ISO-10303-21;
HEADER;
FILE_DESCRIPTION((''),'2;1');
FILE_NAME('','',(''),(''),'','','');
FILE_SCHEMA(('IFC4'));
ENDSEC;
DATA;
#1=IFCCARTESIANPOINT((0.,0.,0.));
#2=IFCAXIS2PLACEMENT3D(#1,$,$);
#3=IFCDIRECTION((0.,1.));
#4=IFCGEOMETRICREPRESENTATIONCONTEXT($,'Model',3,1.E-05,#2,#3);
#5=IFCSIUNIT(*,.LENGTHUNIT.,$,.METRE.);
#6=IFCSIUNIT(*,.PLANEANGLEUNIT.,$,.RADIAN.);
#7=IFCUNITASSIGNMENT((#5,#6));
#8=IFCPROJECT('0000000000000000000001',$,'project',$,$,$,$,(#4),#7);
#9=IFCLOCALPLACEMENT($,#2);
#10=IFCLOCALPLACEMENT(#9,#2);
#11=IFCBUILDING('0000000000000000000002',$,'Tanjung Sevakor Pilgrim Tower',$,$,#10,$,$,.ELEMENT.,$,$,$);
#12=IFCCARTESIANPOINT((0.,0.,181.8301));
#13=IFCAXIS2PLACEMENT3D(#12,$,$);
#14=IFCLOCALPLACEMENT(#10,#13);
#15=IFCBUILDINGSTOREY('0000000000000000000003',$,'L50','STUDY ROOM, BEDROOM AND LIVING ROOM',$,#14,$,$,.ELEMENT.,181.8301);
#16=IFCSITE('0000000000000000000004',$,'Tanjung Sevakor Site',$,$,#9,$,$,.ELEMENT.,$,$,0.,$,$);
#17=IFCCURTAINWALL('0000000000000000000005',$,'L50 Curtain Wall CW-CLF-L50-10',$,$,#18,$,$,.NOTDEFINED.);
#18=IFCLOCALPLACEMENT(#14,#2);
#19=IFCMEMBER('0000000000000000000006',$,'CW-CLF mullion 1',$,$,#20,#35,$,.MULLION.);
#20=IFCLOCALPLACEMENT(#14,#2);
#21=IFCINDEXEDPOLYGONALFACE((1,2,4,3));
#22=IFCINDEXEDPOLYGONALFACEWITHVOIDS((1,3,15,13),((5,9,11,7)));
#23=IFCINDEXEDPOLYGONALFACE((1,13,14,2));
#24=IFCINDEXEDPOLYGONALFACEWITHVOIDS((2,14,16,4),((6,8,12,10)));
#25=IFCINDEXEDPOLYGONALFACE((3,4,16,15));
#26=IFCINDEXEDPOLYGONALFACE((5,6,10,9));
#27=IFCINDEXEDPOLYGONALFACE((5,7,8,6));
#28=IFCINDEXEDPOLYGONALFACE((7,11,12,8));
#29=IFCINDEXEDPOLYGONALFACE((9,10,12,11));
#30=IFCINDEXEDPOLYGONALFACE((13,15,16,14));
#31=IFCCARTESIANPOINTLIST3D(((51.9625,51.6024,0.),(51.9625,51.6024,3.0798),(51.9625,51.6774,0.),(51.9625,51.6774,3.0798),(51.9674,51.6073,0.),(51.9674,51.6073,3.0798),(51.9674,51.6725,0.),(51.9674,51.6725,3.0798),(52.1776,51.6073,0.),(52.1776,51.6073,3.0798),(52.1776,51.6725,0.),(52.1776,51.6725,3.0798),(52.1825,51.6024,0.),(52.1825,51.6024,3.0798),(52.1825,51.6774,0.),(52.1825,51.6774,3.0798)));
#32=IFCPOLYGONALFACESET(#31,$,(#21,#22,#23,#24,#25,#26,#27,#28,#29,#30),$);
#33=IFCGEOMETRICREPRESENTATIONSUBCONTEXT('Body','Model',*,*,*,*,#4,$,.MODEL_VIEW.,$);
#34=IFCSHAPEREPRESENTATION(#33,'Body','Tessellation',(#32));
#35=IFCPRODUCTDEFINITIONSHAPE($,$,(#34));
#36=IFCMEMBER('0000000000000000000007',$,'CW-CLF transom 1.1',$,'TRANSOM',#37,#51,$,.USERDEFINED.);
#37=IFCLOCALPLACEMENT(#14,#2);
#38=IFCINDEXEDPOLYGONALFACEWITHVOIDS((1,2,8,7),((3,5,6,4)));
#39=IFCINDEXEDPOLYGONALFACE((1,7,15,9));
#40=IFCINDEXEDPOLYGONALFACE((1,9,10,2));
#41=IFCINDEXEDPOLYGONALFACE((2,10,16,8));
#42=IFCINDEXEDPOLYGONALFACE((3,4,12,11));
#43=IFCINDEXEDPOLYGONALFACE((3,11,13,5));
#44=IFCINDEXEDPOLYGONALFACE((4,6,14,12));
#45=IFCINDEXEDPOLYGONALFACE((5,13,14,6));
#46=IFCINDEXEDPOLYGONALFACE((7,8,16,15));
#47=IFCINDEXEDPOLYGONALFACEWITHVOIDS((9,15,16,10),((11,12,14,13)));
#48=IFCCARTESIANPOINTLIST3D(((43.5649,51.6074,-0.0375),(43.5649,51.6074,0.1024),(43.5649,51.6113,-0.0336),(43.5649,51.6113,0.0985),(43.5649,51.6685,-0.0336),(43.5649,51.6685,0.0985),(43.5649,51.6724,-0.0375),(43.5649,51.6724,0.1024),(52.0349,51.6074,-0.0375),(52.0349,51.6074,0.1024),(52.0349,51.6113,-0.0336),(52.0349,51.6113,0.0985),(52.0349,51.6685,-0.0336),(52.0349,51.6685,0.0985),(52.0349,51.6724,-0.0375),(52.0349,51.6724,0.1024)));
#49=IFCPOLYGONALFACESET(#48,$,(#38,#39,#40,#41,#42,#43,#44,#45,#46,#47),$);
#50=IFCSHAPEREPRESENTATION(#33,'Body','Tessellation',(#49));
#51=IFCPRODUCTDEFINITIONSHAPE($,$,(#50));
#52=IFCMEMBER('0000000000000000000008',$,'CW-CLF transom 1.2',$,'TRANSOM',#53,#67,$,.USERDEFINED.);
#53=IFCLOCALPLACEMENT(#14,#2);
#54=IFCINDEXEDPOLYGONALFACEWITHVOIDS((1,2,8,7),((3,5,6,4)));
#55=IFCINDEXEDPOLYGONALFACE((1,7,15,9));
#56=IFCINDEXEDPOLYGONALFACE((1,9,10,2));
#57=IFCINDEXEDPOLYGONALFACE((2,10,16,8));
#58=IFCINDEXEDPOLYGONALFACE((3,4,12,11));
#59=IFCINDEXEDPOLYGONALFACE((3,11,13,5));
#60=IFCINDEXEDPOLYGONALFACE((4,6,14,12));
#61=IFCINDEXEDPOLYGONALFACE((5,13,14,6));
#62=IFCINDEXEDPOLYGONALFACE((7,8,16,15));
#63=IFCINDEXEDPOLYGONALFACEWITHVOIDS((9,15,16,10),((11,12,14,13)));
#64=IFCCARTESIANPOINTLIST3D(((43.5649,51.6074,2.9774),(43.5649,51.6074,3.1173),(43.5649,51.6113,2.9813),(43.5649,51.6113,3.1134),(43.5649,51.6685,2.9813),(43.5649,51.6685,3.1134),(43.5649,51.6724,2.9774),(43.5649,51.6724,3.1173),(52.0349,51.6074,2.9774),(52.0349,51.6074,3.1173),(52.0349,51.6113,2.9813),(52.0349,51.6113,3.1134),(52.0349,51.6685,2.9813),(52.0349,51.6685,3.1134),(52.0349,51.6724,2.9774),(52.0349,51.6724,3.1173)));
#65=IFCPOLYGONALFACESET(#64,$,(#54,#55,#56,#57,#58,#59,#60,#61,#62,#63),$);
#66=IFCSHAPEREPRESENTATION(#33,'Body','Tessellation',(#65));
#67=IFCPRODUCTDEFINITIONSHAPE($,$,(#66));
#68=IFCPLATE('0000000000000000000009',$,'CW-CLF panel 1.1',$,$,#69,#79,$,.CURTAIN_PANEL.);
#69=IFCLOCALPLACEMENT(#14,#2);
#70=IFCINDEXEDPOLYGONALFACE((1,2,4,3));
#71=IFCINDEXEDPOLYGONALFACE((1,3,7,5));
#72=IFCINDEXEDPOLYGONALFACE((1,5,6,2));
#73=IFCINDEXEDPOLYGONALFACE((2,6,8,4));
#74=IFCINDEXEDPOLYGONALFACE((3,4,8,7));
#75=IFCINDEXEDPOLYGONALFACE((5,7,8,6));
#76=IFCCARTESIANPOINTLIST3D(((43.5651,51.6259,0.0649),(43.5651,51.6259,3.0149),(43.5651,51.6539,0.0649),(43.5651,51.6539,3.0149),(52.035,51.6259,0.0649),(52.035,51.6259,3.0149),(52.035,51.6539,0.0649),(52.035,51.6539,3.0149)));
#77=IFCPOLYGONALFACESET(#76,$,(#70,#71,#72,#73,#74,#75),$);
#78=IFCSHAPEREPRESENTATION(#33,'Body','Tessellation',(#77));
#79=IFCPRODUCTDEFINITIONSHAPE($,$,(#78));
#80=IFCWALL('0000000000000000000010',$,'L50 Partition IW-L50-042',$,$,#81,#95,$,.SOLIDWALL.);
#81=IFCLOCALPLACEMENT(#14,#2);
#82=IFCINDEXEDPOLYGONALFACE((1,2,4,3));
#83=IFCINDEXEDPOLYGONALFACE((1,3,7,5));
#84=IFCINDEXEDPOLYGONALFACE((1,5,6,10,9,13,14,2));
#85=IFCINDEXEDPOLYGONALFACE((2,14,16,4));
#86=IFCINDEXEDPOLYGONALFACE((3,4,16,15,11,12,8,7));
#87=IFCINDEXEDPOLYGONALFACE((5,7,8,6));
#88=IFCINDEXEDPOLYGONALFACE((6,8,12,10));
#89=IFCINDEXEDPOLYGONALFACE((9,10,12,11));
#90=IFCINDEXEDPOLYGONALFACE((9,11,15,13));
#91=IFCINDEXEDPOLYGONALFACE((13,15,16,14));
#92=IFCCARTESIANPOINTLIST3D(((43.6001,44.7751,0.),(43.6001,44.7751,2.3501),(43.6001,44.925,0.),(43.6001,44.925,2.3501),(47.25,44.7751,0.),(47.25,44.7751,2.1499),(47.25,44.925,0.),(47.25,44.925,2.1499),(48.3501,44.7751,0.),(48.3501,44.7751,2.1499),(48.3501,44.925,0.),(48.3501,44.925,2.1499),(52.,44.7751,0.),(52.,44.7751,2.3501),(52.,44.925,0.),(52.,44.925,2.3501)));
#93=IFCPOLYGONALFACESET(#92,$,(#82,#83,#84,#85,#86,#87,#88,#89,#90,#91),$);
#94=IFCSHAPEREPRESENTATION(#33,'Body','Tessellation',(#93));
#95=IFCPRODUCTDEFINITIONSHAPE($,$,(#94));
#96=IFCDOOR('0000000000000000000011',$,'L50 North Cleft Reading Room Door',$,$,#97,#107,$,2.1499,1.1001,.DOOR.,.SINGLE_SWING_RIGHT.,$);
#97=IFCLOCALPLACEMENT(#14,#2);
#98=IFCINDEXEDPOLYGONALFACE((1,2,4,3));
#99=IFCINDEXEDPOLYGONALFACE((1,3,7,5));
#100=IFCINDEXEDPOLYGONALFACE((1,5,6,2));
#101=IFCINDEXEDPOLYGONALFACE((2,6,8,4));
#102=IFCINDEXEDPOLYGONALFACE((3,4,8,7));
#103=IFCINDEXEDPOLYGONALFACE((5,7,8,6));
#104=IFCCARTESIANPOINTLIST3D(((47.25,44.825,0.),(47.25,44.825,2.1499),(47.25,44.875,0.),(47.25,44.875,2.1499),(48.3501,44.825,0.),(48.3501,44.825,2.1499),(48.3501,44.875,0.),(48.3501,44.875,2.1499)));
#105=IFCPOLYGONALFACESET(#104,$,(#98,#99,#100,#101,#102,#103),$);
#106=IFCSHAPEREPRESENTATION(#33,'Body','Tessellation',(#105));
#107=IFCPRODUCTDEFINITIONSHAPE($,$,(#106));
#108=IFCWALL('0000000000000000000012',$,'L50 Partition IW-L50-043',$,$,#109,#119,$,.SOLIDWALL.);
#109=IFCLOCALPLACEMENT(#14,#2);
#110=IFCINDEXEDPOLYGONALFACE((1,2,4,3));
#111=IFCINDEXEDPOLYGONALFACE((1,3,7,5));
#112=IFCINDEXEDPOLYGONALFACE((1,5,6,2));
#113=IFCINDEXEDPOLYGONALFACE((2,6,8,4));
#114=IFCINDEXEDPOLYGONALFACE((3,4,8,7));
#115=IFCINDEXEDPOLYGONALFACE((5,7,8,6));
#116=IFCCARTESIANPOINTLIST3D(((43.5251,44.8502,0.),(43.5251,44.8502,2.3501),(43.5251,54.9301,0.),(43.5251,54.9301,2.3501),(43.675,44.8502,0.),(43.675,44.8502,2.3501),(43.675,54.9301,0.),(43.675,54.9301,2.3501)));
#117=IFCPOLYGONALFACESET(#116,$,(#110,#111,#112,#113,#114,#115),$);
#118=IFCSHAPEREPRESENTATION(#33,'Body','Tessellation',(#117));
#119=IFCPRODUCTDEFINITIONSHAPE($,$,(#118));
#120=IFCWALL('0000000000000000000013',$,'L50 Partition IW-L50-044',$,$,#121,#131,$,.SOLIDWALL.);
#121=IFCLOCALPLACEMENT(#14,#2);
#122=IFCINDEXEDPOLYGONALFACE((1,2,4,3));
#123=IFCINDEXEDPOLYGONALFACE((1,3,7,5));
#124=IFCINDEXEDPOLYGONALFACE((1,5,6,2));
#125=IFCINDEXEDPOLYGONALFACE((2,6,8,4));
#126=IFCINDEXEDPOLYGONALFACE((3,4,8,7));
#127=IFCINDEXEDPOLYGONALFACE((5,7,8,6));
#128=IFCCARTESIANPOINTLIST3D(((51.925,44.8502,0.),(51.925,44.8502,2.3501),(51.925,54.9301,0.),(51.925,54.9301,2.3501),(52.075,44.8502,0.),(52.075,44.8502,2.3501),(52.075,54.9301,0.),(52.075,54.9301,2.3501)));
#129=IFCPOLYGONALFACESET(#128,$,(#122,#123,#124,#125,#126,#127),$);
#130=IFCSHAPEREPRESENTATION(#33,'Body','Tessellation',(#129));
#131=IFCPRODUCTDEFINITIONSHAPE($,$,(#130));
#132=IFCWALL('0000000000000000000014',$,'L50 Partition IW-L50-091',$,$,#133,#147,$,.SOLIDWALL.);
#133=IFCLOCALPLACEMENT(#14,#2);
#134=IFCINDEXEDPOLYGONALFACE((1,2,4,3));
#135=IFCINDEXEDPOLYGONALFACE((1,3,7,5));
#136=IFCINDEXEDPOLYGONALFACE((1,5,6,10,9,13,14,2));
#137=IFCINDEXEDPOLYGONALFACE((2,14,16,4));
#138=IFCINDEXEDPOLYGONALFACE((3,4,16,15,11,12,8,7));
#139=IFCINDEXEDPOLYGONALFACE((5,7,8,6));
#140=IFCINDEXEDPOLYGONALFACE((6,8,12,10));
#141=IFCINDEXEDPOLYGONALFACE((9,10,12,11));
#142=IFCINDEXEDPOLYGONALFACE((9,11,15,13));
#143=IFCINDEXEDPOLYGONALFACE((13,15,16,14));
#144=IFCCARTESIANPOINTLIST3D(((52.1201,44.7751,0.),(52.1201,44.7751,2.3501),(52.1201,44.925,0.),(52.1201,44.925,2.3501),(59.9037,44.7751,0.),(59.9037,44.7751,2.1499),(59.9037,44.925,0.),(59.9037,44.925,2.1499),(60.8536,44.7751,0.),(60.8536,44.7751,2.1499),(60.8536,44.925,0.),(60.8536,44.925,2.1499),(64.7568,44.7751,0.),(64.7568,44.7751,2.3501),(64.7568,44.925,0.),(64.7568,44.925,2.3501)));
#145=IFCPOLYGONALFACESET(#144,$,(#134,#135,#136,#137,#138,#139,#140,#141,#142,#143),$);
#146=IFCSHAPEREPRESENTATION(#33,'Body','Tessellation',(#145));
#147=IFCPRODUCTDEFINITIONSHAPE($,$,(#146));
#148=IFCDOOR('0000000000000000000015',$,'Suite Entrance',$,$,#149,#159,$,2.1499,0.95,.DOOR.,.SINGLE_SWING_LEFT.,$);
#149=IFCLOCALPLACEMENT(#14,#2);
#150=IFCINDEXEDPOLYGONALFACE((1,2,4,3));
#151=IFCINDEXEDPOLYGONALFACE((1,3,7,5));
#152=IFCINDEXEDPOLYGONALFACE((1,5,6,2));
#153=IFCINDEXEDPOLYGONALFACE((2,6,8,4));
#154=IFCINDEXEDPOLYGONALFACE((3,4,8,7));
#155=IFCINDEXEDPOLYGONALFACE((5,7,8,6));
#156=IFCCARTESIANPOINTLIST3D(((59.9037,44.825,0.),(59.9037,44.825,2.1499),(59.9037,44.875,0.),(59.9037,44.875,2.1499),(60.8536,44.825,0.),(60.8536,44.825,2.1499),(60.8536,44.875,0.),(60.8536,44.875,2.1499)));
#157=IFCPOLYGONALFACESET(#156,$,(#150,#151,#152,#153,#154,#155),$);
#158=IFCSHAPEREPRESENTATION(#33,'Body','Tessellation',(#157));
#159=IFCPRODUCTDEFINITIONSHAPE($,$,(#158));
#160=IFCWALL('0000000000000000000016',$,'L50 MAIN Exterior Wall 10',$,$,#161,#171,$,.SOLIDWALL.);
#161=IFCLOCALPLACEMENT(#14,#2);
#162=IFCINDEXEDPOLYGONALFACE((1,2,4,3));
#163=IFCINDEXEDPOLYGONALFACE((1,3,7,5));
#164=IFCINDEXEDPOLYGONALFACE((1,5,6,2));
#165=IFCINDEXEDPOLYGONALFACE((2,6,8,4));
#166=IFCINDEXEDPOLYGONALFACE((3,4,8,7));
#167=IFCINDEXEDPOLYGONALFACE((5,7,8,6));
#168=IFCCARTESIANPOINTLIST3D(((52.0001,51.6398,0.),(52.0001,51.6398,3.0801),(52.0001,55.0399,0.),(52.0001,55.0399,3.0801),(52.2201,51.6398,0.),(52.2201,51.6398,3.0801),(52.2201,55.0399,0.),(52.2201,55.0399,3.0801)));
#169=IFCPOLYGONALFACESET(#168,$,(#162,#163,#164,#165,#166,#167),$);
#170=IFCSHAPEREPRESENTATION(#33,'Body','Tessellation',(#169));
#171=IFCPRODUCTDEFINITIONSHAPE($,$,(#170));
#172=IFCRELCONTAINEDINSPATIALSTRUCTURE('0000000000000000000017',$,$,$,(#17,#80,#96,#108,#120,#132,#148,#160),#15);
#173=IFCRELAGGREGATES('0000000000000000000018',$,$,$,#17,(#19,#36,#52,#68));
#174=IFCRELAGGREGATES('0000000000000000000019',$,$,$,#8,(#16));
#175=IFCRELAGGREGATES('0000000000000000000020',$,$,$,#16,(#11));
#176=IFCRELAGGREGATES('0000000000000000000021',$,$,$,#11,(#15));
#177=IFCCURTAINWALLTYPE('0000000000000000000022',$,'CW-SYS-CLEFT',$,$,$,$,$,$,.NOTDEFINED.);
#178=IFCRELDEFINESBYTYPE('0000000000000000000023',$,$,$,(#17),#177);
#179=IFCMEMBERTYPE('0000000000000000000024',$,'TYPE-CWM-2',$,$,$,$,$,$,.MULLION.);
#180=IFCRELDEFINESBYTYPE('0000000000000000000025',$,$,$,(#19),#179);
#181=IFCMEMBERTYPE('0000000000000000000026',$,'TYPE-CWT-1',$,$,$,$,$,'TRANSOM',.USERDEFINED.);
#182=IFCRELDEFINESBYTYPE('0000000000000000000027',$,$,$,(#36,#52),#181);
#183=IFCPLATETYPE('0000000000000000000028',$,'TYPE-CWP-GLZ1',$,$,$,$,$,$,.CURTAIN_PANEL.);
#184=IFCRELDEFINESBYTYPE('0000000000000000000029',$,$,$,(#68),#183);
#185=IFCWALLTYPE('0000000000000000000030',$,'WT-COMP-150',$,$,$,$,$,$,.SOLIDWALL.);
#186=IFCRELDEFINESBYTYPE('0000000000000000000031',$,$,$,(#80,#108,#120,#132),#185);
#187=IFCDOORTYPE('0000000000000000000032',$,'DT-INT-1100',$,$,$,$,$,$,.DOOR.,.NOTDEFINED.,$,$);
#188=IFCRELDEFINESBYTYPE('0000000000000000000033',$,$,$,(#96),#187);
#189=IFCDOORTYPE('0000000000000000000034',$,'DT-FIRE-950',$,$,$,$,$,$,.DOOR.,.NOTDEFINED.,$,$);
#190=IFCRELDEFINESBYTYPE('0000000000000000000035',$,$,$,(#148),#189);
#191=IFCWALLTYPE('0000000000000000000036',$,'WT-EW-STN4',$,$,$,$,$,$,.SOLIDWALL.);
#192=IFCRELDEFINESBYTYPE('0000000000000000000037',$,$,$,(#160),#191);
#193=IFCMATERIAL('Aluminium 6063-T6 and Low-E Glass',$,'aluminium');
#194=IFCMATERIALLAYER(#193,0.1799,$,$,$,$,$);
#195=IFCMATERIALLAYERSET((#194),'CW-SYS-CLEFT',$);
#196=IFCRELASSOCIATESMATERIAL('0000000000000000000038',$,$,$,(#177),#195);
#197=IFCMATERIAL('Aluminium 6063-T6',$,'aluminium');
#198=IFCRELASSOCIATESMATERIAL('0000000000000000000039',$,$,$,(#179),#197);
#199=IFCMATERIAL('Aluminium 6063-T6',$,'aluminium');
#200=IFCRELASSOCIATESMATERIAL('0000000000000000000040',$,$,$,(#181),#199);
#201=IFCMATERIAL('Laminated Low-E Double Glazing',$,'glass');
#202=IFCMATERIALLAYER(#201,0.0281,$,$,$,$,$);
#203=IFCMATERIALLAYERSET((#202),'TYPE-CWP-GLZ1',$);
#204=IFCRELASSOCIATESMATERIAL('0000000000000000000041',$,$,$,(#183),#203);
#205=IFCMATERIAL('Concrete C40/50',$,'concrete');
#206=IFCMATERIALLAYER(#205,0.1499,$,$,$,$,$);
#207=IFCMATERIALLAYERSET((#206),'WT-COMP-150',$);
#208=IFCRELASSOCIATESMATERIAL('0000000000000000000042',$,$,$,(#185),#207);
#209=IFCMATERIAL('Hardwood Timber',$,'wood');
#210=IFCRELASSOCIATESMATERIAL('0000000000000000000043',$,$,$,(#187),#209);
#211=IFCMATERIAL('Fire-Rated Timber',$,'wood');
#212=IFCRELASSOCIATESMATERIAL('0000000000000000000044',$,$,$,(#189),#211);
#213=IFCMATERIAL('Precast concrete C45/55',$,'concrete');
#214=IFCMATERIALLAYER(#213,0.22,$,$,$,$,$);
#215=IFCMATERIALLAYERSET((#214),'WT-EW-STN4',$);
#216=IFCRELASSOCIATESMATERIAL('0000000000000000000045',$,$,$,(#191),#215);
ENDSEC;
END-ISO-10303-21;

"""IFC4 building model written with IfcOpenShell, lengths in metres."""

from ifc_helpers import new_model, si_unit, direction, frame, frame_2d, origin, origin_2d, place, context, subcontext, project, spatial, rectangle, hollow_rectangle, extrude, material, layer, layer_set, material_profile, profile_set, type_object, element, fill, aggregate, save


model = new_model("IFC4")

# Units and contexts
model_context = context("Model", 3, precision=1e-05, world=origin(), true_north=direction((0.0, 1.0)))
body_context = subcontext(model_context, "Body", "Model", "MODEL_VIEW")
ifc_project = project(units=[si_unit("LENGTHUNIT", "METRE"), si_unit("PLANEANGLEUNIT", "RADIAN")], contexts=[model_context])

# Site, building, storey
site_placement = place(None, origin())
site = spatial("IfcSite", under=ifc_project, at=site_placement, Name="Tanjung Sevakor Site", CompositionType="ELEMENT", RefElevation=0.0)
building_placement = place(site_placement, origin())
building = spatial("IfcBuilding", under=site, at=building_placement, Name="Tanjung Sevakor Pilgrim Tower", CompositionType="ELEMENT")
storey_placement = place(building_placement, frame((0.0, 0.0, 181.8301)))
storey = spatial("IfcBuildingStorey", under=building, at=storey_placement, Name="L50", Description="STUDY ROOM, BEDROOM AND LIVING ROOM", CompositionType="ELEMENT", Elevation=181.8301)

# Curtain wall, members, plate
ifc_material_1 = material(Name="Aluminium 6063-T6 and Low-E Glass", Category="aluminium")
ifc_layer_1 = layer(ifc_material_1, 0.1799)
ifc_layer_set_1 = layer_set([ifc_layer_1], Name="CW-SYS-CLEFT")
curtain_wall_type = type_object("IfcCurtainWallType", Name="CW-SYS-CLEFT", PredefinedType="NOTDEFINED", material=ifc_layer_set_1)
curtain_wall_placement = place(storey_placement, origin())
curtain_wall = element("IfcCurtainWall", 1, at=curtain_wall_placement, inside=storey, type_object=curtain_wall_type, Name="L50 Curtain Wall CW-CLF-L50-10", PredefinedType="NOTDEFINED")
ifc_material_2 = material(Name="Aluminium 6063-T6", Category="aluminium")
ifc_material_profile_1 = material_profile(ifc_material_2, hollow_rectangle(XDim=0.075, YDim=0.22, WallThickness=0.0049, at=origin_2d()))
ifc_profile_set_1 = profile_set([ifc_material_profile_1], Name="Aluminium 6063-T6")
member_type_1 = type_object("IfcMemberType", Name="TYPE-CWM-2", PredefinedType="MULLION", material=ifc_profile_set_1)
member_1_placement = place(storey_placement, frame((52.0725, 51.6399, 0.0), z_axis=(0.0, 0.0, 1.0), x_axis=(0.0, -1.0, 0.0)))
member_1 = element("IfcMember", 2, at=member_1_placement, type_object=member_type_1, Name="CW-CLF mullion 1", PredefinedType="MULLION", context=body_context, shape_type="SweptSolid", body=[
    extrude(hollow_rectangle(XDim=0.075, YDim=0.22, WallThickness=0.0049, at=origin_2d()), origin(), (0.0, 0.0, 1.0), 3.0798),
])
ifc_material_3 = material(Name="Aluminium 6063-T6", Category="aluminium")
ifc_material_profile_2 = material_profile(ifc_material_3, hollow_rectangle(XDim=0.0649, YDim=0.1399, WallThickness=0.0039, at=origin_2d()))
ifc_profile_set_2 = profile_set([ifc_material_profile_2], Name="Aluminium 6063-T6")
member_type_2 = type_object("IfcMemberType", Name="TYPE-CWT-1", ElementType="TRANSOM", PredefinedType="USERDEFINED", material=ifc_profile_set_2)
member_2_placement = place(storey_placement, frame((52.0349, 51.6399, 0.0325), z_axis=(-1.0, 0.0, 0.0), x_axis=(0.0, -1.0, 0.0)))
member_2 = element("IfcMember", 3, at=member_2_placement, type_object=member_type_2, Name="CW-CLF transom 1.1", ObjectType="TRANSOM", PredefinedType="USERDEFINED", context=body_context, shape_type="SweptSolid", body=[
    extrude(hollow_rectangle(XDim=0.0649, YDim=0.1399, WallThickness=0.0039, at=origin_2d()), origin(), (0.0, 0.0, 1.0), 8.47),
])
member_3_placement = place(storey_placement, frame((52.0349, 51.6399, 3.0474), z_axis=(-1.0, 0.0, 0.0), x_axis=(0.0, -1.0, 0.0)))
member_3 = element("IfcMember", 4, at=member_3_placement, type_object=member_type_2, Name="CW-CLF transom 1.2", ObjectType="TRANSOM", PredefinedType="USERDEFINED", context=body_context, shape_type="SweptSolid", body=[
    extrude(hollow_rectangle(XDim=0.0649, YDim=0.1399, WallThickness=0.0039, at=origin_2d()), origin(), (0.0, 0.0, 1.0), 8.47),
])
ifc_material_4 = material(Name="Laminated Low-E Double Glazing", Category="glass")
ifc_layer_2 = layer(ifc_material_4, 0.0281)
ifc_layer_set_2 = layer_set([ifc_layer_2], Name="TYPE-CWP-GLZ1")
plate_type = type_object("IfcPlateType", Name="TYPE-CWP-GLZ1", PredefinedType="CURTAIN_PANEL", material=ifc_layer_set_2)
plate_placement = place(storey_placement, frame((47.8, 51.6399, 0.0649), z_axis=(0.0, 0.0, 1.0), x_axis=(-1.0, 0.0, 0.0)))
plate = element("IfcPlate", 5, at=plate_placement, type_object=plate_type, Name="CW-CLF panel 1.1", PredefinedType="CURTAIN_PANEL", context=body_context, shape_type="SweptSolid", body=[
    extrude(rectangle(XDim=8.47, YDim=0.0281, at=origin_2d()), origin(), (0.0, 0.0, 1.0), 2.95),
])
aggregate(curtain_wall, [member_1, member_2, member_3, plate])

# Wall, opening, door
ifc_material_5 = material(Name="Concrete C40/50", Category="concrete")
ifc_layer_3 = layer(ifc_material_5, 0.1499)
ifc_layer_set_3 = layer_set([ifc_layer_3], Name="WT-COMP-150")
wall_type_1 = type_object("IfcWallType", Name="WT-COMP-150", PredefinedType="SOLIDWALL", material=ifc_layer_set_3)
wall_1_placement = place(storey_placement, frame((43.6001, 44.8501, 0.0), z_axis=(0.0, 0.0, 1.0), x_axis=(1.0, 0.0, 0.0)))
wall_1 = element("IfcWall", 6, at=wall_1_placement, inside=storey, type_object=wall_type_1, Name="L50 Partition IW-L50-042", PredefinedType="SOLIDWALL", context=body_context, shape_type="SweptSolid", body=[
    extrude(rectangle(XDim=8.3999, YDim=0.1499, at=frame_2d((4.2, 0.0))), origin(), (0.0, 0.0, 1.0), 2.3501),
])
opening_1_placement = place(wall_1_placement, frame((3.6499, 0.0, 0.0)))
opening_1 = element("IfcOpeningElement", 7, at=opening_1_placement, cuts=wall_1, PredefinedType="OPENING", context=body_context, shape_type="SweptSolid", body=[
    extrude(rectangle(XDim=1.1001, YDim=2.1499, at=frame_2d((0.55, 1.075))), frame((0.0, 0.085, 0.0), z_axis=(0.0, -1.0, 0.0), x_axis=(1.0, 0.0, 0.0)), (0.0, 0.0, 1.0), 0.1699),
])
ifc_material_6 = material(Name="Hardwood Timber", Category="wood")
door_type_1 = type_object("IfcDoorType", Name="DT-INT-1100", OperationType="NOTDEFINED", PredefinedType="DOOR", material=ifc_material_6)
door_1_placement = place(opening_1_placement, origin())
door_1 = element("IfcDoor", 8, at=door_1_placement, inside=storey, type_object=door_type_1, Name="L50 North Cleft Reading Room Door", OperationType="SINGLE_SWING_RIGHT", OverallHeight=2.1499, OverallWidth=1.1001, PredefinedType="DOOR", context=body_context, shape_type="SweptSolid", body=[
    extrude(rectangle(XDim=1.1001, YDim=2.1499, at=frame_2d((0.55, 1.075))), frame((0.0, 0.0249, 0.0), z_axis=(0.0, -1.0, 0.0), x_axis=(1.0, 0.0, 0.0)), (0.0, 0.0, 1.0), 0.05),
])
fill(opening_1, door_1)

# Walls
for number, where, z_axis, x_axis, name in (
    (9, (43.6001, 44.8501, 0.0), (0.0, 0.0, 1.0), (0.0, 1.0, 0.0), "L50 Partition IW-L50-043"),
    (10, (52.0, 44.8501, 0.0), (0.0, 0.0, 1.0), (0.0, 1.0, 0.0), "L50 Partition IW-L50-044"),
):
    element("IfcWall", number, at=place(storey_placement, frame(where, z_axis=z_axis, x_axis=x_axis)), inside=storey, type_object=wall_type_1, Name=name, PredefinedType="SOLIDWALL", context=body_context, shape_type="SweptSolid", body=[
        extrude(rectangle(XDim=10.0798, YDim=0.1499, at=frame_2d((5.04, 0.0))), origin(), (0.0, 0.0, 1.0), 2.3501),
    ])

# Wall, opening, door
wall_2_placement = place(storey_placement, frame((52.1201, 44.8501, 0.0), z_axis=(0.0, 0.0, 1.0), x_axis=(1.0, 0.0, 0.0)))
wall_2 = element("IfcWall", 11, at=wall_2_placement, inside=storey, type_object=wall_type_1, Name="L50 Partition IW-L50-091", PredefinedType="SOLIDWALL", context=body_context, shape_type="SweptSolid", body=[
    extrude(rectangle(XDim=12.6367, YDim=0.1499, at=frame_2d((6.3184, 0.0))), origin(), (0.0, 0.0, 1.0), 2.3501),
])
opening_2_placement = place(wall_2_placement, frame((7.7834, 0.0, 0.0)))
opening_2 = element("IfcOpeningElement", 12, at=opening_2_placement, cuts=wall_2, PredefinedType="OPENING", context=body_context, shape_type="SweptSolid", body=[
    extrude(rectangle(XDim=0.95, YDim=2.1499, at=frame_2d((0.4751, 1.075))), frame((0.0, 0.085, 0.0), z_axis=(0.0, -1.0, 0.0), x_axis=(1.0, 0.0, 0.0)), (0.0, 0.0, 1.0), 0.1699),
])
ifc_material_7 = material(Name="Fire-Rated Timber", Category="wood")
door_type_2 = type_object("IfcDoorType", Name="DT-FIRE-950", OperationType="NOTDEFINED", PredefinedType="DOOR", material=ifc_material_7)
door_2_placement = place(opening_2_placement, origin())
door_2 = element("IfcDoor", 13, at=door_2_placement, inside=storey, type_object=door_type_2, Name="Suite Entrance", OperationType="SINGLE_SWING_LEFT", OverallHeight=2.1499, OverallWidth=0.95, PredefinedType="DOOR", context=body_context, shape_type="SweptSolid", body=[
    extrude(rectangle(XDim=0.95, YDim=2.1499, at=frame_2d((0.4751, 1.075))), frame((0.0, 0.0249, 0.0), z_axis=(0.0, -1.0, 0.0), x_axis=(1.0, 0.0, 0.0)), (0.0, 0.0, 1.0), 0.05),
])
fill(opening_2, door_2)

# Wall
ifc_material_8 = material(Name="Precast concrete C45/55", Category="concrete")
ifc_layer_4 = layer(ifc_material_8, 0.22)
ifc_layer_set_4 = layer_set([ifc_layer_4], Name="WT-EW-STN4")
wall_type_2 = type_object("IfcWallType", Name="WT-EW-STN4", PredefinedType="SOLIDWALL", material=ifc_layer_set_4)
wall_3_placement = place(storey_placement, frame((52.1101, 55.04, 0.0), z_axis=(0.0, 0.0, 1.0), x_axis=(0.0, -1.0, 0.0)))
element("IfcWall", 14, at=wall_3_placement, inside=storey, type_object=wall_type_2, Name="L50 MAIN Exterior Wall 10", PredefinedType="SOLIDWALL", context=body_context, shape_type="SweptSolid", body=[
    extrude(rectangle(XDim=3.4001, YDim=0.22, at=frame_2d((1.7002, 0.0))), origin(), (0.0, 0.0, 1.0), 3.0801),
])

save(model, "model.ifc")
